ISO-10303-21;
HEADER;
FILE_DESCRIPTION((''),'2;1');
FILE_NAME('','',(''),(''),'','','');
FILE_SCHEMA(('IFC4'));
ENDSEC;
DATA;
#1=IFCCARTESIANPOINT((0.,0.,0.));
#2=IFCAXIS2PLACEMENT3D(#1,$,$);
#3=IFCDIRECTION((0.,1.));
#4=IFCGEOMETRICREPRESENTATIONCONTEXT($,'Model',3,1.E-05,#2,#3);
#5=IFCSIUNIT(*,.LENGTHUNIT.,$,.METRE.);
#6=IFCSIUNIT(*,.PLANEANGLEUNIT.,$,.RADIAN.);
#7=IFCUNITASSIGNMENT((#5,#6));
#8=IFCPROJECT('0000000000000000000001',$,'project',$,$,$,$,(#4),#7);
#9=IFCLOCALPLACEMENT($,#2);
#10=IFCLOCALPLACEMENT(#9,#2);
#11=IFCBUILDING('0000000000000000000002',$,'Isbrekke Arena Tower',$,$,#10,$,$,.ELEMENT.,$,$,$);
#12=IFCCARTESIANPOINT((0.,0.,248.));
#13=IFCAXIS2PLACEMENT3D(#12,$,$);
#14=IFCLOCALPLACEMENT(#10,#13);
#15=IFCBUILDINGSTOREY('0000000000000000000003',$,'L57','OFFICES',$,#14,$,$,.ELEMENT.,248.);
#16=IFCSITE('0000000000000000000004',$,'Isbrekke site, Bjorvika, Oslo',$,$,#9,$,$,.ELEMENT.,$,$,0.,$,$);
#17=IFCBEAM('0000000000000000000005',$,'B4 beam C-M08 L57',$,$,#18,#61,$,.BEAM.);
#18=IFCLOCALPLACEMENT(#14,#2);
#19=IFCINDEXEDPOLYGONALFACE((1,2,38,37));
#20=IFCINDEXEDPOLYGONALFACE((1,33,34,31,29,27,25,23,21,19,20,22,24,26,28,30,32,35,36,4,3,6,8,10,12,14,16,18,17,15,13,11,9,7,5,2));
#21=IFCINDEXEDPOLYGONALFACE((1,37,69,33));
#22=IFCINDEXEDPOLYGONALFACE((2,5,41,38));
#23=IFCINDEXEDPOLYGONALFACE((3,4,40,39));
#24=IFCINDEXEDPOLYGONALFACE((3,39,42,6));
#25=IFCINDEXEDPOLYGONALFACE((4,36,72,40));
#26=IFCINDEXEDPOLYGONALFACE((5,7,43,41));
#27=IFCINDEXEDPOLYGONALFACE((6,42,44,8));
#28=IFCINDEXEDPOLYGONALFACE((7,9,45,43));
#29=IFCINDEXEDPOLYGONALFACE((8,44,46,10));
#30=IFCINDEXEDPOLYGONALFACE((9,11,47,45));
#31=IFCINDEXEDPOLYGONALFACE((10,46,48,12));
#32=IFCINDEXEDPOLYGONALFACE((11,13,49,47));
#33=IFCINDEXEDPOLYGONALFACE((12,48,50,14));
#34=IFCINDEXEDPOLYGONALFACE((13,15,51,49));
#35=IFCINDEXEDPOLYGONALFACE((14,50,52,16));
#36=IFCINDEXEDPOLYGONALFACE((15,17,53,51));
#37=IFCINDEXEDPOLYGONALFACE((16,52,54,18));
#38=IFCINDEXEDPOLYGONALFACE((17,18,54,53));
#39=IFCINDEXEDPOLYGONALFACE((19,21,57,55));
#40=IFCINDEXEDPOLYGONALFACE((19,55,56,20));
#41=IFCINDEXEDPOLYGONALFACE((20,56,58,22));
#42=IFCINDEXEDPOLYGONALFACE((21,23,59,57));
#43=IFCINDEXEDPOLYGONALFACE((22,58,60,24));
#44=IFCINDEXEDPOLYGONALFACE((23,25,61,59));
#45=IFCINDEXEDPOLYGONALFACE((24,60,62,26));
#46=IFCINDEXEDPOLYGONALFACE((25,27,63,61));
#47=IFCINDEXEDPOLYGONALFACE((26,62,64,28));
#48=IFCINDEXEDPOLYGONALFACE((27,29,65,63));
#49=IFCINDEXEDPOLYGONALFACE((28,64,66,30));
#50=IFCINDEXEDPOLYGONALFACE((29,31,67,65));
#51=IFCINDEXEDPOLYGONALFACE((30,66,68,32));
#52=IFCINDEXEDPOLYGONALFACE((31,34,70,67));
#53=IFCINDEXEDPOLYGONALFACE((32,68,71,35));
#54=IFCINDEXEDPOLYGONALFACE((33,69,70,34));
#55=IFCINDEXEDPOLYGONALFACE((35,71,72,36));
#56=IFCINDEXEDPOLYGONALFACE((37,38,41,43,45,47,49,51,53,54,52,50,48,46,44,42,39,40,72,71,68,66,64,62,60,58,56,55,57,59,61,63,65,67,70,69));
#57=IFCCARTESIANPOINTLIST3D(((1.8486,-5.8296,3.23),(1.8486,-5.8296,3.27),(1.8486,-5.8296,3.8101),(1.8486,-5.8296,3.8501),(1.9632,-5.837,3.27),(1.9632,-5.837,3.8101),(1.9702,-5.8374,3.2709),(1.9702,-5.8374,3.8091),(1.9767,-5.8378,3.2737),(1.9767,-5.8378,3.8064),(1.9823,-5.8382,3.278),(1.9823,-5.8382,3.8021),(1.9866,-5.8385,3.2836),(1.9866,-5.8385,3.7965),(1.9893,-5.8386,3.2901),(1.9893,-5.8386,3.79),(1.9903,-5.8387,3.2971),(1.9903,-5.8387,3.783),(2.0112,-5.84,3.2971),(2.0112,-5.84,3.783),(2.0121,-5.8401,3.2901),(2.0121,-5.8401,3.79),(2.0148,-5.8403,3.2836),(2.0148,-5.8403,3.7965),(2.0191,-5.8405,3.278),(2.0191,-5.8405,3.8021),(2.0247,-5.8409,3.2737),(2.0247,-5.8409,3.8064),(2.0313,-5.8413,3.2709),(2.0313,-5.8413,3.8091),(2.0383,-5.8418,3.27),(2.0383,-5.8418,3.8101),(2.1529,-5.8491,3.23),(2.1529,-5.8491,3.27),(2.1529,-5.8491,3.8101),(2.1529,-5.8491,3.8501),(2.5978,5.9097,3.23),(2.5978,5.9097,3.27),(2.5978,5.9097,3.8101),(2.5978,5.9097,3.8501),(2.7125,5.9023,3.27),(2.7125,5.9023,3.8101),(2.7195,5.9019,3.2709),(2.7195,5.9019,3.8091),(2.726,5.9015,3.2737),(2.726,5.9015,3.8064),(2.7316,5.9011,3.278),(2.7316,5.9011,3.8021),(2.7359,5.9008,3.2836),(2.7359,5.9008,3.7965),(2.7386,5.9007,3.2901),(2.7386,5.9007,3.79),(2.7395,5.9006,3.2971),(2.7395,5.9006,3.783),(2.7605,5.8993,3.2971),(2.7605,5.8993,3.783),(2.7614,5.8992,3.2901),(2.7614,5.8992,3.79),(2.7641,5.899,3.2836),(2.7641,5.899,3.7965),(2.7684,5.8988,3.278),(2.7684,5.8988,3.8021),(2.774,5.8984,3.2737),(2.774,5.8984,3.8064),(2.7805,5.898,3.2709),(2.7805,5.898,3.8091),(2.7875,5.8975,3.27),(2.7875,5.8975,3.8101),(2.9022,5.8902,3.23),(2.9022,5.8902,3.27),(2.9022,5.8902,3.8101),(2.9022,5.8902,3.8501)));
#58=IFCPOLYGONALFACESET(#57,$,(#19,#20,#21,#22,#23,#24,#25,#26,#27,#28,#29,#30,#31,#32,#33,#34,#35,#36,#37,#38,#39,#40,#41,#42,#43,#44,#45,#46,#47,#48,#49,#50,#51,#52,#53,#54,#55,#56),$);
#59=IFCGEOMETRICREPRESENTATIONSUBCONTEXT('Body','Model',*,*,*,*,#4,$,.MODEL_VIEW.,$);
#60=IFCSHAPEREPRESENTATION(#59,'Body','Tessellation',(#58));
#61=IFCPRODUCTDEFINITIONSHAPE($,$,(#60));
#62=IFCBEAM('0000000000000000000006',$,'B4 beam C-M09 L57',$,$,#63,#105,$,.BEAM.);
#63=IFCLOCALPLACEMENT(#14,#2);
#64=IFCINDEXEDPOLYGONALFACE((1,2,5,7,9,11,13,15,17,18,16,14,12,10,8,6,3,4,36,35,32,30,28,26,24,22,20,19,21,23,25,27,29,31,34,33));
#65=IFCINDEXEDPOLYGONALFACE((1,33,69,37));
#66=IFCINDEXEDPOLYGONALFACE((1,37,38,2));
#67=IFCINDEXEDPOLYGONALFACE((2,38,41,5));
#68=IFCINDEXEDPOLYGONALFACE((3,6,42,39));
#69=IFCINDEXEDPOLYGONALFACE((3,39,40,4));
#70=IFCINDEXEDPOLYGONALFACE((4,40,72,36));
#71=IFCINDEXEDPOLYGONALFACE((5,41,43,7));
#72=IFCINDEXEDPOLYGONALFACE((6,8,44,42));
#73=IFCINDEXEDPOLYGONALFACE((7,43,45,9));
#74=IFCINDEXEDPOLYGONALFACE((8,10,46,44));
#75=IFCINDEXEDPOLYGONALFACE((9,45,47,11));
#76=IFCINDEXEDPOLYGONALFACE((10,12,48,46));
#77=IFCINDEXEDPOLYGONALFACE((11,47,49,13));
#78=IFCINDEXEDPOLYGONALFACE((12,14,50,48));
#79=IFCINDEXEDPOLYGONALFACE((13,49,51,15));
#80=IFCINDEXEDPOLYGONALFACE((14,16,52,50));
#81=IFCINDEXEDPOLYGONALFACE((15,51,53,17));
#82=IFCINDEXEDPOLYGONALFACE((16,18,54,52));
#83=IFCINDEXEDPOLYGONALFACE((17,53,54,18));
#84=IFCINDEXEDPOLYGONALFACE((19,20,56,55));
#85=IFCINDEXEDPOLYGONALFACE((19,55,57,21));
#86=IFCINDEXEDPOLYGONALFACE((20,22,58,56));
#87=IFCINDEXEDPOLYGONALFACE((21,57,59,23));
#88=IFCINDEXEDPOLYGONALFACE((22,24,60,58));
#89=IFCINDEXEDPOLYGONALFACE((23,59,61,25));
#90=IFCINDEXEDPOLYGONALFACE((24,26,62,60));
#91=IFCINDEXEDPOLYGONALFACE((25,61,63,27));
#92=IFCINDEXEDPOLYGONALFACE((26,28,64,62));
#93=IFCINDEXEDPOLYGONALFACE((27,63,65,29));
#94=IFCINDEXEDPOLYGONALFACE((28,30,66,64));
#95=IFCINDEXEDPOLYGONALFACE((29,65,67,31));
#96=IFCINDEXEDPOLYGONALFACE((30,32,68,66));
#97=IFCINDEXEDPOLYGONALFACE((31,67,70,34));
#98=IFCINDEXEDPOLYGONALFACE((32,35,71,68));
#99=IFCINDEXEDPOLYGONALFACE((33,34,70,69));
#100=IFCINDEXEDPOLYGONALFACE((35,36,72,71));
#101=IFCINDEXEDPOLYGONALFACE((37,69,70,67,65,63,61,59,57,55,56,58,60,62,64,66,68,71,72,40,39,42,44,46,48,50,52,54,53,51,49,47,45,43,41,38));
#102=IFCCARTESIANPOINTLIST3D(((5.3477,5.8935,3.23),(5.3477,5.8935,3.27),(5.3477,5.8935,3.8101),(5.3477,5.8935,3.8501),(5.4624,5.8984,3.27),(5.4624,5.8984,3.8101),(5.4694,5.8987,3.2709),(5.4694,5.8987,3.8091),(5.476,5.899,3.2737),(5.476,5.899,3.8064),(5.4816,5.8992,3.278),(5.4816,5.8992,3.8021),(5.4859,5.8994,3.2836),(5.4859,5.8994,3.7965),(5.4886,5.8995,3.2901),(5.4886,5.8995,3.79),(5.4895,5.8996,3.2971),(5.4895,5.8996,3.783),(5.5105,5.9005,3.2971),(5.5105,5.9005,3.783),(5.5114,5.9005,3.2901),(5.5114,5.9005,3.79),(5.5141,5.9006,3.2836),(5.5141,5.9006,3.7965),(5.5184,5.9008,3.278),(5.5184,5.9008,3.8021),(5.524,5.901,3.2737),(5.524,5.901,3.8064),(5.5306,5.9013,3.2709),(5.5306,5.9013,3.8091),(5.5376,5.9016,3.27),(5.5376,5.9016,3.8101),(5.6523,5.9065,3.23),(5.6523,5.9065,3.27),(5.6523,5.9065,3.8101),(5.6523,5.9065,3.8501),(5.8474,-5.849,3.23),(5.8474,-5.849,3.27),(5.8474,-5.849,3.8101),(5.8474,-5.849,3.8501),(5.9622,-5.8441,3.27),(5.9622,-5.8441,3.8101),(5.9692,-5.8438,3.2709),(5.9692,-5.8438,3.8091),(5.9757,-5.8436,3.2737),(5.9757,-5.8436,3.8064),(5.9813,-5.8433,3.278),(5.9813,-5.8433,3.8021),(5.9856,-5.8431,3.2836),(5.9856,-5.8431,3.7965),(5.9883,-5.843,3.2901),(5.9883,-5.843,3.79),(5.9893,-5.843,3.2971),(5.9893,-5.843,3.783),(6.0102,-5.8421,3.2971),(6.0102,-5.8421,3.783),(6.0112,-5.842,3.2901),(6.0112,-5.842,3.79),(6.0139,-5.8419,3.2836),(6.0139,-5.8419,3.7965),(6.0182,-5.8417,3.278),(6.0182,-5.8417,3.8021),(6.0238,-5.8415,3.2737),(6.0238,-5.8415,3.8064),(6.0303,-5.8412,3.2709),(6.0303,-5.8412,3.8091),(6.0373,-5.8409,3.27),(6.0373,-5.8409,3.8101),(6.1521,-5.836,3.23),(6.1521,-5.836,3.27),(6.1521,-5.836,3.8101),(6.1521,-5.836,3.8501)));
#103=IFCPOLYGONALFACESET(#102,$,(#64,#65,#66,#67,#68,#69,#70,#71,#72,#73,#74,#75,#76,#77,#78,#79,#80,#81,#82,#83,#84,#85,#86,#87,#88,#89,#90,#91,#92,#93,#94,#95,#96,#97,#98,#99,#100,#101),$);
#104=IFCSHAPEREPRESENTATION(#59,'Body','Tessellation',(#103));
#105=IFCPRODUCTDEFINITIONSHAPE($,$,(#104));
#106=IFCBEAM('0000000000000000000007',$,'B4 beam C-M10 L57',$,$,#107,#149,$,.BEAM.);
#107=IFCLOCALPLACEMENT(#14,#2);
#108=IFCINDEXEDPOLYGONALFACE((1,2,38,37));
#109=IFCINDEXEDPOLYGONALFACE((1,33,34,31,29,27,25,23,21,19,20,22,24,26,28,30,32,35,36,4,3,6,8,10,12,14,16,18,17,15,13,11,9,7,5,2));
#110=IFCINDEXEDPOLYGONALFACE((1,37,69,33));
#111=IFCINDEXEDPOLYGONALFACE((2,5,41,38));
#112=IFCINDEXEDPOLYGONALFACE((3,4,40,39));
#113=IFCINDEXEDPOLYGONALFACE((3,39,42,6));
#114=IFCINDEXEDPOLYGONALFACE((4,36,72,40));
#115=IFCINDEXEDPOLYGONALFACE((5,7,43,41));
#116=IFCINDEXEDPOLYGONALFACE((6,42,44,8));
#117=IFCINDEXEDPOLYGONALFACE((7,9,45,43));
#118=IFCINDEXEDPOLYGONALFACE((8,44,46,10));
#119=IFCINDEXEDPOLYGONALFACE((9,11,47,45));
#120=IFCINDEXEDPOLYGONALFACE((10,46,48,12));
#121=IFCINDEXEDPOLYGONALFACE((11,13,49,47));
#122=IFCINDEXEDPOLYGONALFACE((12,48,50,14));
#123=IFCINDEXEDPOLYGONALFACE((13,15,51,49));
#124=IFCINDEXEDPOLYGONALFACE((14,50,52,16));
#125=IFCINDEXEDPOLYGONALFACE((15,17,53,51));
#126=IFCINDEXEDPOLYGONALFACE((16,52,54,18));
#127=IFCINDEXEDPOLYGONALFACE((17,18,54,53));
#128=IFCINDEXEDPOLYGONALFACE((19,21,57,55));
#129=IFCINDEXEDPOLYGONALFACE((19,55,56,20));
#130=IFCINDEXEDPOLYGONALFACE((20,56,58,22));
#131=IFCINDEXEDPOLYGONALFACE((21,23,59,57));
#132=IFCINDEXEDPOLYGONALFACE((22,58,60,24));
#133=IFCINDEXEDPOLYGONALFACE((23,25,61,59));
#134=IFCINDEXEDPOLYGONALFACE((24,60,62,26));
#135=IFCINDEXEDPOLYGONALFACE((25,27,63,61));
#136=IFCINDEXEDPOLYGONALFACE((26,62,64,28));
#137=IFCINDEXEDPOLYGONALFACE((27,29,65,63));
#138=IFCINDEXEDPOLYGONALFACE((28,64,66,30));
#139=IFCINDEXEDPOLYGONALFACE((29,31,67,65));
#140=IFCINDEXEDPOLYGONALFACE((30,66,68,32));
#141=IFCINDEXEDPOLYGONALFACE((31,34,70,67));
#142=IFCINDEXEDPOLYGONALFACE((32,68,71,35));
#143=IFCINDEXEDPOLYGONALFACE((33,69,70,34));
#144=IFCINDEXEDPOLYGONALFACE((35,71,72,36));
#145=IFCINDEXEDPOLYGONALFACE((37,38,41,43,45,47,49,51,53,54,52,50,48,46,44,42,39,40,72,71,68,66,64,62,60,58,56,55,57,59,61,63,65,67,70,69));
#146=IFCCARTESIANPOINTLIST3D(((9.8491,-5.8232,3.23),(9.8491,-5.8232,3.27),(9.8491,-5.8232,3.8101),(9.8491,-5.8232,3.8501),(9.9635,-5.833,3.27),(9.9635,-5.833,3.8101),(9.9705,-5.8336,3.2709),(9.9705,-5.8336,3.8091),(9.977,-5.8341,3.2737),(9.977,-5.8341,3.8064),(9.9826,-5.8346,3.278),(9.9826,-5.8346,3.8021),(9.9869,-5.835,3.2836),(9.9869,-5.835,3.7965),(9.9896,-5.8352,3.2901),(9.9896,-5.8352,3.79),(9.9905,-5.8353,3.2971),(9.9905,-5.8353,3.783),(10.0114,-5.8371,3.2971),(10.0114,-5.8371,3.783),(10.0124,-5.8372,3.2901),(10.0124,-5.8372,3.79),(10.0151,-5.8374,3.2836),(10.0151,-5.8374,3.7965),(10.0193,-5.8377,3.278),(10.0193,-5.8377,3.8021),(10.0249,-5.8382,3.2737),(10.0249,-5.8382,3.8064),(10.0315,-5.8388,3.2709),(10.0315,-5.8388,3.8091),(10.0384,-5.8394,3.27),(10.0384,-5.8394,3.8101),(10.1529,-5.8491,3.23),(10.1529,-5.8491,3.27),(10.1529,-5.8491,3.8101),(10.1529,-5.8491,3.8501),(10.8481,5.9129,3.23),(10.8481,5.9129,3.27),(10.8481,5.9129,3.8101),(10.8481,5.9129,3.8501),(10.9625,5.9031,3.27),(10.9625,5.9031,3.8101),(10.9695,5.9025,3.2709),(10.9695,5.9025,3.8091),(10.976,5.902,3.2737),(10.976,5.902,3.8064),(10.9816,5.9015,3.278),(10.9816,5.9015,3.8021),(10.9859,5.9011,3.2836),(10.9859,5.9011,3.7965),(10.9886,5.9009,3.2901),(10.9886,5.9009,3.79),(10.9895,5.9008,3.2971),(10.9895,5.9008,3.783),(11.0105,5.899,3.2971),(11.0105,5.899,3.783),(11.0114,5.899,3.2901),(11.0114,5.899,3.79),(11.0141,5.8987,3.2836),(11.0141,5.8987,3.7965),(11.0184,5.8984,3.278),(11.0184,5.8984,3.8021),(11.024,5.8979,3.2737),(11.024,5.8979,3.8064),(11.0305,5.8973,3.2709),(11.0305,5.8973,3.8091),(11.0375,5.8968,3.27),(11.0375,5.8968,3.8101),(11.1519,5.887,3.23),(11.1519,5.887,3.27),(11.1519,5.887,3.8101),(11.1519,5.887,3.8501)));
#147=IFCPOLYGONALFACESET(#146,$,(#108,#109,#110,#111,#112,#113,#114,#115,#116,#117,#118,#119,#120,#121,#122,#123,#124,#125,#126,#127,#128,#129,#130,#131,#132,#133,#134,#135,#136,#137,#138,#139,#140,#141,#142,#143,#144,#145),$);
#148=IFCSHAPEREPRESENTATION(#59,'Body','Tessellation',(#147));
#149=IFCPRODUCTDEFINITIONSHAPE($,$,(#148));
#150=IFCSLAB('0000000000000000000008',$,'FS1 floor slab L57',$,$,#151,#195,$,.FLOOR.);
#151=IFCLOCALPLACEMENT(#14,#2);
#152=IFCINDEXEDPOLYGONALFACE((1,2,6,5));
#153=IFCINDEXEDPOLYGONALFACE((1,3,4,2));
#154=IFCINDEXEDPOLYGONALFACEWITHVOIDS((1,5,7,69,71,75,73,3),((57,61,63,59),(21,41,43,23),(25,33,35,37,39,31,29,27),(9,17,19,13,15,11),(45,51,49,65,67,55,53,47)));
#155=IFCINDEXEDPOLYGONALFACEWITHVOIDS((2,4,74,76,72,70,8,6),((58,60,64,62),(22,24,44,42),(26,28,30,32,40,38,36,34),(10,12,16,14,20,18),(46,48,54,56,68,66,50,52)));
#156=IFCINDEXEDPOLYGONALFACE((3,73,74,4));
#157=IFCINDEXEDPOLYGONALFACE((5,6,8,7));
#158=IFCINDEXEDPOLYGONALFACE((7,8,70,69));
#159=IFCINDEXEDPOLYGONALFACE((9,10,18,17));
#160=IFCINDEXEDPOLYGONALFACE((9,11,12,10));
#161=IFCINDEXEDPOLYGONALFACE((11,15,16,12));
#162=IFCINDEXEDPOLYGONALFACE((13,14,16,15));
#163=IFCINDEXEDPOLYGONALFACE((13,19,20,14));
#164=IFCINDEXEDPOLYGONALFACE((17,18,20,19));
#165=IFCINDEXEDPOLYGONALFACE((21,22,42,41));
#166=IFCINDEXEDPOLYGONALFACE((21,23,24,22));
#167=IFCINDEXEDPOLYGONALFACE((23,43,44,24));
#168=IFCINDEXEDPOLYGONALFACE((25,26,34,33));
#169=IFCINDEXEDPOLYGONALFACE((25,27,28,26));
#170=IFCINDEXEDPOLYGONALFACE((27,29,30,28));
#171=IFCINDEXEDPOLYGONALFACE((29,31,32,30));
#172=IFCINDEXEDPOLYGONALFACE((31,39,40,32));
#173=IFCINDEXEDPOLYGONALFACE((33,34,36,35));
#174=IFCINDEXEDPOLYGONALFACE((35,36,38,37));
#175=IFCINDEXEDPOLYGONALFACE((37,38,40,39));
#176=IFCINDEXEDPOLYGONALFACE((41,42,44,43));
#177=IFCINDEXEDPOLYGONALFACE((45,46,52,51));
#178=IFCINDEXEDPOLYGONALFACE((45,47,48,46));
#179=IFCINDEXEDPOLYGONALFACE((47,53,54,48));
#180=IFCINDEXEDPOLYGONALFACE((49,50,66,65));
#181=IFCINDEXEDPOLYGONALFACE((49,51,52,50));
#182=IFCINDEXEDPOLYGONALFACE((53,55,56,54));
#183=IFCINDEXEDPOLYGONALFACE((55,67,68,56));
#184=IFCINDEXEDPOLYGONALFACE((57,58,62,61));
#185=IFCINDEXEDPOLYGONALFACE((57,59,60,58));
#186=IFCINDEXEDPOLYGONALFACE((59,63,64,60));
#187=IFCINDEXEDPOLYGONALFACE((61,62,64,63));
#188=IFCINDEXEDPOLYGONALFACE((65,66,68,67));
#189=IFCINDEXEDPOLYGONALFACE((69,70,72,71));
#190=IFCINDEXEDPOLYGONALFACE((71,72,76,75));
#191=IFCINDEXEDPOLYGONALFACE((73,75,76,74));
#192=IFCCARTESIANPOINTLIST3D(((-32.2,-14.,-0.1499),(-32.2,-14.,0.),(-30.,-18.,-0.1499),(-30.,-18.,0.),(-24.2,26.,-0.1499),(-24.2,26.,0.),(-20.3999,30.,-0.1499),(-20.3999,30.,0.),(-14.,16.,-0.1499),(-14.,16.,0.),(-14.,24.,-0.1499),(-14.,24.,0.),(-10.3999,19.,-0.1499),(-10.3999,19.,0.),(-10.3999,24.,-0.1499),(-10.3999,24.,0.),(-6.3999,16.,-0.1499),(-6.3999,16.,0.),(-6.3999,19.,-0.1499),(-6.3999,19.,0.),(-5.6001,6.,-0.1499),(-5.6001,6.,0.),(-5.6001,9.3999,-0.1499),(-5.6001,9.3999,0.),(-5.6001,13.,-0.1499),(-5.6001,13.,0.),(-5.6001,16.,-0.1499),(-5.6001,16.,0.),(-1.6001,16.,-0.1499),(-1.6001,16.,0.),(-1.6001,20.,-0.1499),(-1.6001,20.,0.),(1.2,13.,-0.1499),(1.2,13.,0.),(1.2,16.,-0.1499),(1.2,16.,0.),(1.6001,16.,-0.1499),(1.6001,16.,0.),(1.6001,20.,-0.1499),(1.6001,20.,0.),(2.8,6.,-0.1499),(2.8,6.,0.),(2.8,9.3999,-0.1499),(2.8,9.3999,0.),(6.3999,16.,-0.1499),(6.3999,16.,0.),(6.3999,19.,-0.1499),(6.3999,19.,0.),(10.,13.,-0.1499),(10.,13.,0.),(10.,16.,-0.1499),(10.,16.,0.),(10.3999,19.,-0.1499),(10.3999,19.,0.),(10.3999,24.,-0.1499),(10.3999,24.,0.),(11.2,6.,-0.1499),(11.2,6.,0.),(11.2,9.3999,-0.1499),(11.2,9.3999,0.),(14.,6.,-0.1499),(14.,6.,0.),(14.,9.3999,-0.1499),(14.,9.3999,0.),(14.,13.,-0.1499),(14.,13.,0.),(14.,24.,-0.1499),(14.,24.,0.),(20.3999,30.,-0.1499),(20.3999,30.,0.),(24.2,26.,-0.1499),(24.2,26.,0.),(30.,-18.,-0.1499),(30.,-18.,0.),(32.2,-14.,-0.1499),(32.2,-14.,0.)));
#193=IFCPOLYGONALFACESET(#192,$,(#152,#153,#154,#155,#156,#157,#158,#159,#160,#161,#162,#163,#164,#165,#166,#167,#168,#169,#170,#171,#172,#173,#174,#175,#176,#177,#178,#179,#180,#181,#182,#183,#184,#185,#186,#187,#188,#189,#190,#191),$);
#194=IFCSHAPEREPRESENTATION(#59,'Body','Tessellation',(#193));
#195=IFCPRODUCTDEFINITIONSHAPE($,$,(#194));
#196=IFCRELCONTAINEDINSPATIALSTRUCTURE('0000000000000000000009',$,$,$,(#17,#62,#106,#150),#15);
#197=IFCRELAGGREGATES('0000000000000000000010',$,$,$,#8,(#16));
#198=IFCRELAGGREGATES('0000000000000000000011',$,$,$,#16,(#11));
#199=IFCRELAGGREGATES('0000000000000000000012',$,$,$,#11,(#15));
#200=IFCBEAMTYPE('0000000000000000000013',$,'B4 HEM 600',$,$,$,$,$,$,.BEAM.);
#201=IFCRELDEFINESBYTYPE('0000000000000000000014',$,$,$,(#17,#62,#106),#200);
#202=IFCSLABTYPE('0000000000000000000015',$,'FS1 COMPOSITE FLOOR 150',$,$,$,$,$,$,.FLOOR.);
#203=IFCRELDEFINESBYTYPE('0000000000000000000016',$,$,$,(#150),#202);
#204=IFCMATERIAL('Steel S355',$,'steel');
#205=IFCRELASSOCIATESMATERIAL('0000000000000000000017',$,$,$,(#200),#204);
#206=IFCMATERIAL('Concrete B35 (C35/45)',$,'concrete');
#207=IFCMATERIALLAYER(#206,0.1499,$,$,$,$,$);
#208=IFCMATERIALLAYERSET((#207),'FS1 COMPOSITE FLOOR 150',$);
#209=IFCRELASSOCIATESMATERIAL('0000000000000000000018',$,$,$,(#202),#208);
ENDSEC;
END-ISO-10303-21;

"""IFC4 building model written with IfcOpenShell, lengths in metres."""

from ifc_helpers import new_model, si_unit, direction, frame, origin, origin_2d, place, context, subcontext, project, spatial, polyline, i_section, outline, extrude, material, layer, layer_set, material_profile, profile_set, type_object, element, save


model = new_model("IFC4")

# Units and contexts
model_context = context("Model", 3, precision=1e-05, world=origin(), true_north=direction((0.0, 1.0)))
body_context = subcontext(model_context, "Body", "Model", "MODEL_VIEW")
ifc_project = project(units=[si_unit("LENGTHUNIT", "METRE"), si_unit("PLANEANGLEUNIT", "RADIAN")], contexts=[model_context])

# Site, building, storey
site_placement = place(None, origin())
site = spatial("IfcSite", under=ifc_project, at=site_placement, Name="Isbrekke site, Bjorvika, Oslo", CompositionType="ELEMENT", RefElevation=0.0)
building_placement = place(site_placement, origin())
building = spatial("IfcBuilding", under=site, at=building_placement, Name="Isbrekke Arena Tower", CompositionType="ELEMENT")
storey_placement = place(building_placement, frame((0.0, 0.0, 248.0)))
storey = spatial("IfcBuildingStorey", under=building, at=storey_placement, Name="L57", Description="OFFICES", CompositionType="ELEMENT", Elevation=248.0)

# Beams
ifc_material_1 = material(Name="Steel S355", Category="steel")
ifc_material_profile = material_profile(ifc_material_1, i_section(OverallWidth=0.3049, OverallDepth=0.6201, WebThickness=0.021, FlangeThickness=0.04, FilletRadius=0.0271, at=origin_2d()), Name="HEM 600")
ifc_profile_set = profile_set([ifc_material_profile], Name="Steel S355")
beam_type = type_object("IfcBeamType", Name="B4 HEM 600", PredefinedType="BEAM", material=ifc_profile_set)
beam_1_placement = place(storey_placement, frame((2.0007, -5.8394, 3.54), z_axis=(0.063696, 0.997969, 0.0), x_axis=(-0.997969, 0.063696, 0.0)))
element("IfcBeam", 1, at=beam_1_placement, inside=storey, type_object=beam_type, Name="B4 beam C-M08 L57", PredefinedType="BEAM", context=body_context, shape_type="SweptSolid", body=[
    extrude(i_section(OverallWidth=0.3049, OverallDepth=0.6201, WebThickness=0.021, FlangeThickness=0.04, FilletRadius=0.0271, at=origin_2d()), origin(), (0.0, 0.0, 1.0), 11.7632),
])
beam_2_placement = place(storey_placement, frame((5.9998, -5.8425, 3.54), z_axis=(-0.042521, 0.999096, 0.0), x_axis=(-0.999096, -0.042521, 0.0)))
element("IfcBeam", 2, at=beam_2_placement, inside=storey, type_object=beam_type, Name="B4 beam C-M09 L57", PredefinedType="BEAM", context=body_context, shape_type="SweptSolid", body=[
    extrude(i_section(OverallWidth=0.3049, OverallDepth=0.6201, WebThickness=0.021, FlangeThickness=0.04, FilletRadius=0.0271, at=origin_2d()), origin(), (0.0, 0.0, 1.0), 11.7532),
])
beam_3_placement = place(storey_placement, frame((10.001, -5.8362, 3.54), z_axis=(0.084817, 0.996397, 0.0), x_axis=(-0.996397, 0.084817, 0.0)))
element("IfcBeam", 3, at=beam_3_placement, inside=storey, type_object=beam_type, Name="B4 beam C-M10 L57", PredefinedType="BEAM", context=body_context, shape_type="SweptSolid", body=[
    extrude(i_section(OverallWidth=0.3049, OverallDepth=0.6201, WebThickness=0.021, FlangeThickness=0.04, FilletRadius=0.0271, at=origin_2d()), origin(), (0.0, 0.0, 1.0), 11.7786),
])

# Slab
ifc_material_2 = material(Name="Concrete B35 (C35/45)", Category="concrete")
ifc_layer_1 = layer(ifc_material_2, 0.1499)
ifc_layer_set_1 = layer_set([ifc_layer_1], Name="FS1 COMPOSITE FLOOR 150")
slab_type_1 = type_object("IfcSlabType", Name="FS1 COMPOSITE FLOOR 150", PredefinedType="FLOOR", material=ifc_layer_set_1)
slab_1_placement = place(storey_placement, frame((0.0, 0.0, -0.1499)))
element("IfcSlab", 4, at=slab_1_placement, inside=storey, type_object=slab_type_1, Name="FS1 floor slab L57", PredefinedType="FLOOR", context=body_context, shape_type="SweptSolid", body=[
    extrude(outline(polyline([(-30.0, -18.0), (30.0, -18.0), (32.2, -14.0), (24.2, 26.0), (20.3999, 30.0), (-20.3999, 30.0), (-24.2, 26.0), (-32.2, -14.0), (-30.0, -18.0)]), holes=[polyline([(2.8, 9.3999), (2.8, 6.0), (-5.6001, 6.0), (-5.6001, 9.3999), (2.8, 9.3999)]), polyline([(11.2, 6.0), (11.2, 9.3999), (14.0, 9.3999), (14.0, 6.0), (11.2, 6.0)]), polyline([(-5.6001, 13.0), (-5.6001, 16.0), (-1.6001, 16.0), (-1.6001, 20.0), (1.6001, 20.0), (1.6001, 16.0), (1.2, 16.0), (1.2, 13.0), (-5.6001, 13.0)]), polyline([(14.0, 13.0), (10.0, 13.0), (10.0, 16.0), (6.3999, 16.0), (6.3999, 19.0), (10.3999, 19.0), (10.3999, 24.0), (14.0, 24.0), (14.0, 13.0)]), polyline([(-6.3999, 19.0), (-6.3999, 16.0), (-14.0, 16.0), (-14.0, 24.0), (-10.3999, 24.0), (-10.3999, 19.0), (-6.3999, 19.0)])]), origin(), (0.0, 0.0, 1.0), 0.1499),
])

save(model, "model.ifc")
